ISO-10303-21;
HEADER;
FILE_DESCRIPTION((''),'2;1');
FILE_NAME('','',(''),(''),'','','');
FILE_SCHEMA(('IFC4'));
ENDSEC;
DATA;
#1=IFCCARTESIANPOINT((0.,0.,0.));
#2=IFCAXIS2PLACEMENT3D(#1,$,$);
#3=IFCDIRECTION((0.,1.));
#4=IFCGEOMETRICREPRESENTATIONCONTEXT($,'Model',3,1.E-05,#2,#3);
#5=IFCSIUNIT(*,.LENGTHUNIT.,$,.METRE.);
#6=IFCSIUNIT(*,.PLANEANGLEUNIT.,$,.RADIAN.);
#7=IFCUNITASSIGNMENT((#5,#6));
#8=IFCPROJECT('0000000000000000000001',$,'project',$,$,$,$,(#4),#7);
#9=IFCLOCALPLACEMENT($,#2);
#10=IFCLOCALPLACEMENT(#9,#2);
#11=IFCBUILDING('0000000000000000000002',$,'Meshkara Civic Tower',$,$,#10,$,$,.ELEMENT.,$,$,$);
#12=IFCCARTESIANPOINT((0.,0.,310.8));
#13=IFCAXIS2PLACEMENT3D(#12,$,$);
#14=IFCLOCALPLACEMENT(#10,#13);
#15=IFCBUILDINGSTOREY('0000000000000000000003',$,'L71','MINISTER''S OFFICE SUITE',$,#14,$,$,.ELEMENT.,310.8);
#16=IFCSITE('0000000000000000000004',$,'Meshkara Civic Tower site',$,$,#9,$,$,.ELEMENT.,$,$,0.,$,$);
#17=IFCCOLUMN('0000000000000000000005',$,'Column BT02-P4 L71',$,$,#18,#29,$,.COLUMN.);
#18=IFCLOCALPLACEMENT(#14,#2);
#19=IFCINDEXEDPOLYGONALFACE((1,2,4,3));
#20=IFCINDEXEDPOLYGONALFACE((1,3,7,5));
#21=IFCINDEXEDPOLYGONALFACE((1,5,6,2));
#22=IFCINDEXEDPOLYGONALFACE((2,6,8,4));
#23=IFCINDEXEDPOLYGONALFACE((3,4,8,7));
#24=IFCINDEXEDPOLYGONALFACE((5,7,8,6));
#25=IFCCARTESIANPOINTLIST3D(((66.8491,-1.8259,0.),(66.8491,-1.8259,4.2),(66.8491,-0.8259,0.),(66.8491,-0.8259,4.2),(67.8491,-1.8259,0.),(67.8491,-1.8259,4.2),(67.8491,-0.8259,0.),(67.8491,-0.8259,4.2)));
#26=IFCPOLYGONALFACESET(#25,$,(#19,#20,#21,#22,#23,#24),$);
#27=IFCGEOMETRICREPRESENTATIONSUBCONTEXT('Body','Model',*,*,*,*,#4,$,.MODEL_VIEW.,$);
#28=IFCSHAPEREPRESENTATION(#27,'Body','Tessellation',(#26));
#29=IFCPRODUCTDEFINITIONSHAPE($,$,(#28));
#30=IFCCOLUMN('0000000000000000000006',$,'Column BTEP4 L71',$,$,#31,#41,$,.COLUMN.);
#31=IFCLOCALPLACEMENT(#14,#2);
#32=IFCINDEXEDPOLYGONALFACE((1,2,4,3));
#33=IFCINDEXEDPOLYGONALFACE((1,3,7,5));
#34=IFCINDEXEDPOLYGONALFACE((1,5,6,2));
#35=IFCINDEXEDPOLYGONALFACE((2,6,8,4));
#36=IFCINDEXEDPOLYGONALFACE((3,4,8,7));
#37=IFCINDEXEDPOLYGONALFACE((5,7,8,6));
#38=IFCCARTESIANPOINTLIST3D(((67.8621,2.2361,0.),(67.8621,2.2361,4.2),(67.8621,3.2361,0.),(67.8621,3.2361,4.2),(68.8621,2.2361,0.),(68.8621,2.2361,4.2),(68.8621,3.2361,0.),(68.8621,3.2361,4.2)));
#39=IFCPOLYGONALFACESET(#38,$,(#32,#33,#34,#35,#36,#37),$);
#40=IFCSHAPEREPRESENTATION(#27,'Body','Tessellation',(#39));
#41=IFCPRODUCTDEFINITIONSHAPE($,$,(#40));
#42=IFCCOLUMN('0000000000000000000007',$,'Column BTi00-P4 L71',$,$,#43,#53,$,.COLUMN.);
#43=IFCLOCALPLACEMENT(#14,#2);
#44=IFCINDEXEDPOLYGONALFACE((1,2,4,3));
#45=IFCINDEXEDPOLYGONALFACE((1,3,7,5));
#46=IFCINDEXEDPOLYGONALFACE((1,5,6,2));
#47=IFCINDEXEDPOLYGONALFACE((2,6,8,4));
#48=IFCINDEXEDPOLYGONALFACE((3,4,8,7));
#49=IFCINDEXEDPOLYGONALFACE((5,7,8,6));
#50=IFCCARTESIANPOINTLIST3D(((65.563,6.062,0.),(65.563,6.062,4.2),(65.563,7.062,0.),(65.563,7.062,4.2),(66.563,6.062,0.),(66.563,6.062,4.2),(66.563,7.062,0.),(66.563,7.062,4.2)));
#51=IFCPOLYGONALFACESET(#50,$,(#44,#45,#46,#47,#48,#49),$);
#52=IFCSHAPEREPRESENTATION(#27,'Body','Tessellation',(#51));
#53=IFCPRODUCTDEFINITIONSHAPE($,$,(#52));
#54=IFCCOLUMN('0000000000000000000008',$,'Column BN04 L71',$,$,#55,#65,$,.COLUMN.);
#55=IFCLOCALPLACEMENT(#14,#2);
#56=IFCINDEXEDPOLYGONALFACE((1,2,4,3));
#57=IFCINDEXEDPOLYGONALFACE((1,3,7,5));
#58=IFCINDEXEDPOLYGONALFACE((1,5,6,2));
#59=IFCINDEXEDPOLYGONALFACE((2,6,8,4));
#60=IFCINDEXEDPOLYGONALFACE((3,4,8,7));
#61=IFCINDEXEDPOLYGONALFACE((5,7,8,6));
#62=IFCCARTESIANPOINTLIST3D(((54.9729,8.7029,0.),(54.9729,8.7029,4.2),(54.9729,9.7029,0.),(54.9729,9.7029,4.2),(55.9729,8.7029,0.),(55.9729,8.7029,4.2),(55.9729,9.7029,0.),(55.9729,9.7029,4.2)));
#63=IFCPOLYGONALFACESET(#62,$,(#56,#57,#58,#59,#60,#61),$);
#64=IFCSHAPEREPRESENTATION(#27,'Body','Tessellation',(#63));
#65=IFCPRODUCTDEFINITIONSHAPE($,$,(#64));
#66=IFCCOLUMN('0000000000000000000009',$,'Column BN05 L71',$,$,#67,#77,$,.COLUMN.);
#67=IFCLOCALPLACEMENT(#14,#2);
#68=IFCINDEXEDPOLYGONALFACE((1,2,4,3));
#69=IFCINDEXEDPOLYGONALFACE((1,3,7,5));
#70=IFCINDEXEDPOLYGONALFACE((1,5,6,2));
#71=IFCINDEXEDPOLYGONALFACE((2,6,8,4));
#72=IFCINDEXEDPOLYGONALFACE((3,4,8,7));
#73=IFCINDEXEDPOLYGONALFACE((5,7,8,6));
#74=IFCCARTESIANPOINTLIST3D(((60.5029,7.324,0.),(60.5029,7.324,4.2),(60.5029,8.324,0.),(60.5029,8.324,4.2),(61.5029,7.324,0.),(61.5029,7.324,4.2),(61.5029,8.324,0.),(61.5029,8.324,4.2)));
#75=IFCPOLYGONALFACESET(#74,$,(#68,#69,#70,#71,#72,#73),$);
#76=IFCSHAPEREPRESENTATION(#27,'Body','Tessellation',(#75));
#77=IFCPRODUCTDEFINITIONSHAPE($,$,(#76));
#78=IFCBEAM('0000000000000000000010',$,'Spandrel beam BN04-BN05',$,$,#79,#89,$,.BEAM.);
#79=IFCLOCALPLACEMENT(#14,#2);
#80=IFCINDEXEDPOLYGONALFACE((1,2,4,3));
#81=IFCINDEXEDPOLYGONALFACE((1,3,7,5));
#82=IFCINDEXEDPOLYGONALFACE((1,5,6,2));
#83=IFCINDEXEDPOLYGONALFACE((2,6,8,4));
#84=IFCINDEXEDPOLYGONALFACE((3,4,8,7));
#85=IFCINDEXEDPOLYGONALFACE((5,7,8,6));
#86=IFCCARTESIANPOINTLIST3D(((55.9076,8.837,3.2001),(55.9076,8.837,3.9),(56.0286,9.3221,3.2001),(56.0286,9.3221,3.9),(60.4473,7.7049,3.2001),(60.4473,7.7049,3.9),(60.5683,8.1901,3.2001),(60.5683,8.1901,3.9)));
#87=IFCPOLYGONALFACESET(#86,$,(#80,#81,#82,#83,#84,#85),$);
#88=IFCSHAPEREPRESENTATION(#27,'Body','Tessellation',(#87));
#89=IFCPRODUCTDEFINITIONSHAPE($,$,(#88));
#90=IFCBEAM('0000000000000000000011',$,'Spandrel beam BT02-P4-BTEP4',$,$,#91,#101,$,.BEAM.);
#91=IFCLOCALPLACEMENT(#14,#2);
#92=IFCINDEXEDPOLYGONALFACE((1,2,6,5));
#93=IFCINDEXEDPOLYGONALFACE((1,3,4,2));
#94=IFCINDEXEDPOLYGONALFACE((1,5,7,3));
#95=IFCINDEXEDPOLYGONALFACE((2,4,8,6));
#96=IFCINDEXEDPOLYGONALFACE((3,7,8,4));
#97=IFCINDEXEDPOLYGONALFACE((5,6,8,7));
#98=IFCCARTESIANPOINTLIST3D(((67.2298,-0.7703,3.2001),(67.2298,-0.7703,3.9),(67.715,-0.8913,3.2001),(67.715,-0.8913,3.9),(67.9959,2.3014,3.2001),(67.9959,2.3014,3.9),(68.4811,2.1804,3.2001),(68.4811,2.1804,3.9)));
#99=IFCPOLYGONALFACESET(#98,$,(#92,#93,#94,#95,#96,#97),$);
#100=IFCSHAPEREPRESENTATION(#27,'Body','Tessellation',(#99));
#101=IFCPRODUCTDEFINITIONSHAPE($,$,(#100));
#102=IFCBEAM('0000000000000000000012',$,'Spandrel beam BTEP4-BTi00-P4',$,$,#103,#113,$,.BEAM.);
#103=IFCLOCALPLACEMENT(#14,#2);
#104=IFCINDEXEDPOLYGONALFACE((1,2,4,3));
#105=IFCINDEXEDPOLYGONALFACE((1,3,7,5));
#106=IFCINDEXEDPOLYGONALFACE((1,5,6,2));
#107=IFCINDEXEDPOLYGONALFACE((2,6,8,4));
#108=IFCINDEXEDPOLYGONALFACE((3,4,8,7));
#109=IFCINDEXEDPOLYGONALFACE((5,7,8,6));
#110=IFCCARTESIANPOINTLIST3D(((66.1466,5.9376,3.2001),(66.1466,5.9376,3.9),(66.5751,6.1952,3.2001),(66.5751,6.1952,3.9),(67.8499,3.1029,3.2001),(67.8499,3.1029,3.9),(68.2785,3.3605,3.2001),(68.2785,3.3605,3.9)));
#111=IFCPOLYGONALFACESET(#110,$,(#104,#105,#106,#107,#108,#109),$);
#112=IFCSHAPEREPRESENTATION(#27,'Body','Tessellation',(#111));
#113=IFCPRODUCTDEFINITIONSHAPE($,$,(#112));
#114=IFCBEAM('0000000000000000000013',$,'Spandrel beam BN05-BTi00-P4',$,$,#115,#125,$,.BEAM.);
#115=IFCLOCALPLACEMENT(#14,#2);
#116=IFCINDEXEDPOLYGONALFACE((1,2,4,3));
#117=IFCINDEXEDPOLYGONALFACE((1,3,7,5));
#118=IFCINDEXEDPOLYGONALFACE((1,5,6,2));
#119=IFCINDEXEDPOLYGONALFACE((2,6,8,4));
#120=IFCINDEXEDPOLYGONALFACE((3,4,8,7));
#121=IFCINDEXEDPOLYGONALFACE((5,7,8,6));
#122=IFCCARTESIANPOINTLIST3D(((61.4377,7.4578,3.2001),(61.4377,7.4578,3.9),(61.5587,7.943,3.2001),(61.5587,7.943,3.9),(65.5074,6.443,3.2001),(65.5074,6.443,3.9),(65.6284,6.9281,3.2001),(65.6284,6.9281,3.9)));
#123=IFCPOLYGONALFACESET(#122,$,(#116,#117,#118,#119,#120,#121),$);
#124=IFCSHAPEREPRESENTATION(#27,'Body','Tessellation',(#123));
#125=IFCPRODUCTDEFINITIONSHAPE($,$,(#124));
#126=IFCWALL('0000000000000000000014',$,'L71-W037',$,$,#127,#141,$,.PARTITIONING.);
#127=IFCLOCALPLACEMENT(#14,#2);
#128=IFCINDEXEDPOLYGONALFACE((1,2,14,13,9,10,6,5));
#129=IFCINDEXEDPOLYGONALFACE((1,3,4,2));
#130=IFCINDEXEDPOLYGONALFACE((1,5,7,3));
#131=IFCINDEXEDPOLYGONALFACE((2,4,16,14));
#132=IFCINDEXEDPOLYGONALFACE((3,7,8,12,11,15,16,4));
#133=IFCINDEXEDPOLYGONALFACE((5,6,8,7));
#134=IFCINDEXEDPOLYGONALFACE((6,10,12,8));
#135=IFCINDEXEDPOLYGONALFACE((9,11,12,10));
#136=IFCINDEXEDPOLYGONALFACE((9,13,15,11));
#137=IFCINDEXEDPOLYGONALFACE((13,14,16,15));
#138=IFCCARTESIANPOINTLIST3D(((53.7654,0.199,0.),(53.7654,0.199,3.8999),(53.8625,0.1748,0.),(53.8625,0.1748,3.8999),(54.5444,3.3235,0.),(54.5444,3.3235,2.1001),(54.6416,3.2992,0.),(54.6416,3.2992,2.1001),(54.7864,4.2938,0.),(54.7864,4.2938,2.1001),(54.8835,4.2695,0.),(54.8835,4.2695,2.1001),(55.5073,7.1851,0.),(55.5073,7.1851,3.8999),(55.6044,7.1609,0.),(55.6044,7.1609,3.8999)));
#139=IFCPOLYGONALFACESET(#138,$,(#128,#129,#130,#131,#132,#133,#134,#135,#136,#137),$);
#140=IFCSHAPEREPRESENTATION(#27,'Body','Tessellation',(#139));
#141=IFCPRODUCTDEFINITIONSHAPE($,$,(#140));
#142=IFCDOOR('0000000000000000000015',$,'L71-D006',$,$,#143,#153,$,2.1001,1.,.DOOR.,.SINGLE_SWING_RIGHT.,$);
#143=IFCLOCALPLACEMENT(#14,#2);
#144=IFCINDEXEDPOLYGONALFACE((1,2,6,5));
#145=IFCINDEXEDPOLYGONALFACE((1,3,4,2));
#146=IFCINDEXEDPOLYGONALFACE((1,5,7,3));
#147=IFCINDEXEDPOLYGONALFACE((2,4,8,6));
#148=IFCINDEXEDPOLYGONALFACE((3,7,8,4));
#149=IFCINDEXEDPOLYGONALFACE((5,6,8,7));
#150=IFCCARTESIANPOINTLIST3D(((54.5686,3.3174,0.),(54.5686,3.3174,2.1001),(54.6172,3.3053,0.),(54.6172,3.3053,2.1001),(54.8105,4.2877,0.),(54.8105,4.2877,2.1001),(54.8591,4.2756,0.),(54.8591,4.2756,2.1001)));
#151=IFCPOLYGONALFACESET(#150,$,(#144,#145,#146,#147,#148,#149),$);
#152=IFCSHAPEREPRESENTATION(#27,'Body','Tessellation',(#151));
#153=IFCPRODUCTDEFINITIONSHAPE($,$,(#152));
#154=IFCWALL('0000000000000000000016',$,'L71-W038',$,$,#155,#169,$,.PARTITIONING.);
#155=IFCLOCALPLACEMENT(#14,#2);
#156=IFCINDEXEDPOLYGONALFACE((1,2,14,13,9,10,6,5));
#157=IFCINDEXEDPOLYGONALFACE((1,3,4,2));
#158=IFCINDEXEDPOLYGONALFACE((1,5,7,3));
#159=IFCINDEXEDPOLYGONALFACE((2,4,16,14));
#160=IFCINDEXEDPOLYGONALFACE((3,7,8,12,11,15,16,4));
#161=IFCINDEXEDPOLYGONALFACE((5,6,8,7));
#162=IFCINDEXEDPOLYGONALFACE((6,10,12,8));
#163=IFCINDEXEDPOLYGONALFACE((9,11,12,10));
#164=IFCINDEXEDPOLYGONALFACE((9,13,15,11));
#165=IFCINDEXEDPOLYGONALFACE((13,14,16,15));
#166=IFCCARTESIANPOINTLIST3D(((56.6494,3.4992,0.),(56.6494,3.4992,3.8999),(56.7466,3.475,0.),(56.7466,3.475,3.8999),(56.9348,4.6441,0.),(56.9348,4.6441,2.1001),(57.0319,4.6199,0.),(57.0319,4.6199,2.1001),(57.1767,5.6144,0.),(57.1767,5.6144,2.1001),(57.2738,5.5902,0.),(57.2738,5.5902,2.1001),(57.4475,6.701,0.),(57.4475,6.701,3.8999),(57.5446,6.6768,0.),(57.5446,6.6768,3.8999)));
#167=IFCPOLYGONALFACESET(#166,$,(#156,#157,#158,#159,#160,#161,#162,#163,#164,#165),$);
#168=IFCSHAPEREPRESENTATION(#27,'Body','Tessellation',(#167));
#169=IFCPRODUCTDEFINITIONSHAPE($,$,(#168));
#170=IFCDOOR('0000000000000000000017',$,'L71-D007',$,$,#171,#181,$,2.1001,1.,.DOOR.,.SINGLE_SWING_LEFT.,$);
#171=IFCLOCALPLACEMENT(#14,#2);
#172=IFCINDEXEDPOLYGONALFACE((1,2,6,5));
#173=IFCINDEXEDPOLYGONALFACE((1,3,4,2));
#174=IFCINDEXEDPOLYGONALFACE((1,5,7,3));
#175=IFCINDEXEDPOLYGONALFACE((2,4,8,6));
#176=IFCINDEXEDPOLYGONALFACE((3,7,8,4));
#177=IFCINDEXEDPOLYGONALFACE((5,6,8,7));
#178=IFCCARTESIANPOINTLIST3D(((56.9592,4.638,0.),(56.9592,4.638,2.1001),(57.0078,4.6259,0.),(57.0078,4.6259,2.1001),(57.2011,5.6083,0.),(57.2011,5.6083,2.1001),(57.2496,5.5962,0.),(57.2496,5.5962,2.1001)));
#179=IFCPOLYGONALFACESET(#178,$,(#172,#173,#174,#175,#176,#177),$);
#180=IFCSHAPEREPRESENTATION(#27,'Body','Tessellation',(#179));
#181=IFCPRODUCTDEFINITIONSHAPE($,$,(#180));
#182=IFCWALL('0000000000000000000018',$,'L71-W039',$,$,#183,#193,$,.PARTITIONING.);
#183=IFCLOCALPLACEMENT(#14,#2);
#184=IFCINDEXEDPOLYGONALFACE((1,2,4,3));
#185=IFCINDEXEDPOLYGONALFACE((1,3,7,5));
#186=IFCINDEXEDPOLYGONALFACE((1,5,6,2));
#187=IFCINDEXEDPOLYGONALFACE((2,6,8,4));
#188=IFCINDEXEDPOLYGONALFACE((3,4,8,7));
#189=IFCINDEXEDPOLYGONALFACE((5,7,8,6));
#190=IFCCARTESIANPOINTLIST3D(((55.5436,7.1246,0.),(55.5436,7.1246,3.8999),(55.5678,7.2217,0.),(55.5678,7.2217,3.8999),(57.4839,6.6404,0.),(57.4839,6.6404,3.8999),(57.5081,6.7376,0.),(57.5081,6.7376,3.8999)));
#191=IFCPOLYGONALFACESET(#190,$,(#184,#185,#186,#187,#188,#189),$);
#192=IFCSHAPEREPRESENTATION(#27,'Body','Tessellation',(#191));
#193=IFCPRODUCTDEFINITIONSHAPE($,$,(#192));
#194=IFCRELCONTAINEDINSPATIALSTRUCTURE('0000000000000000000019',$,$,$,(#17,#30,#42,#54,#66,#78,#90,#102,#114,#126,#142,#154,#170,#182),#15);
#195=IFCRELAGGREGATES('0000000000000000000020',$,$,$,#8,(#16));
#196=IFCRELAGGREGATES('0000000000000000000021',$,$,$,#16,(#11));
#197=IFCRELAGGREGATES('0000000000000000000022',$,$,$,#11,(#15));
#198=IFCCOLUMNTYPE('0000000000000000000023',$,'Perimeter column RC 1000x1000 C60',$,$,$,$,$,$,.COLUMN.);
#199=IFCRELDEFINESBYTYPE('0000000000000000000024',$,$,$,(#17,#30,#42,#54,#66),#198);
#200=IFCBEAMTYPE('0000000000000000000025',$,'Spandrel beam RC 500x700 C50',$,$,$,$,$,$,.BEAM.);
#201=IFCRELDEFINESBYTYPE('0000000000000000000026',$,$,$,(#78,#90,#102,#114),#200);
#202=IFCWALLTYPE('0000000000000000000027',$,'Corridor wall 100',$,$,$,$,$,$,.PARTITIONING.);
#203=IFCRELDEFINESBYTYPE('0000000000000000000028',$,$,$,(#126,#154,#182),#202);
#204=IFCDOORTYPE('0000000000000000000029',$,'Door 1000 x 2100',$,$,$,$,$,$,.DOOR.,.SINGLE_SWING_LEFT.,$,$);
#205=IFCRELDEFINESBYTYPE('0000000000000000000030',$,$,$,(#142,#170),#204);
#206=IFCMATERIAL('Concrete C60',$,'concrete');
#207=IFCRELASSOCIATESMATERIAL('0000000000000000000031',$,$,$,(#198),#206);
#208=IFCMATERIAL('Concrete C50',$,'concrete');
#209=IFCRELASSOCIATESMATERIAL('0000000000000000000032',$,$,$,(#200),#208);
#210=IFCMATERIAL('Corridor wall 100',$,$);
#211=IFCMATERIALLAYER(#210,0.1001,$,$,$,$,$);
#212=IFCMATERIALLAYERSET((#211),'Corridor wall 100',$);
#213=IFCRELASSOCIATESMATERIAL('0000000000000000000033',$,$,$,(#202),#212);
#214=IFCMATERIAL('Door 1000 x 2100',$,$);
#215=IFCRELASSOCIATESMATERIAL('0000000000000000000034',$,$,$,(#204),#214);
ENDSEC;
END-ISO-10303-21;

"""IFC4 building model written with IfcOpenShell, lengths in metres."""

from ifc_helpers import new_model, si_unit, direction, frame, frame_2d, origin, origin_2d, place, context, subcontext, project, spatial, rectangle, extrude, material, layer, layer_set, material_profile, profile_set, type_object, element, fill, save


model = new_model("IFC4")

# Units and contexts
model_context = context("Model", 3, precision=1e-05, world=origin(), true_north=direction((0.0, 1.0)))
body_context = subcontext(model_context, "Body", "Model", "MODEL_VIEW")
ifc_project = project(units=[si_unit("LENGTHUNIT", "METRE"), si_unit("PLANEANGLEUNIT", "RADIAN")], contexts=[model_context])

# Site, building, storey
site_placement = place(None, origin())
site = spatial("IfcSite", under=ifc_project, at=site_placement, Name="Meshkara Civic Tower site", CompositionType="ELEMENT", RefElevation=0.0)
building_placement = place(site_placement, origin())
building = spatial("IfcBuilding", under=site, at=building_placement, Name="Meshkara Civic Tower", CompositionType="ELEMENT")
storey_placement = place(building_placement, frame((0.0, 0.0, 310.8)))
storey = spatial("IfcBuildingStorey", under=building, at=storey_placement, Name="L71", Description="MINISTER'S OFFICE SUITE", CompositionType="ELEMENT", Elevation=310.8)

# Columns
ifc_material_1 = material(Name="Concrete C60", Category="concrete")
ifc_material_profile_1 = material_profile(ifc_material_1, rectangle(XDim=1.0, YDim=1.0, at=origin_2d()))
ifc_profile_set_1 = profile_set([ifc_material_profile_1], Name="Concrete C60")
column_type = type_object("IfcColumnType", Name="Perimeter column RC 1000x1000 C60", PredefinedType="COLUMN", material=ifc_profile_set_1)
for number, where, z_axis, x_axis, name in (
    (1, (67.3491, -1.3259, 0.0), (0.0, 0.0, 1.0), (1.0, 0.0, 0.0), "Column BT02-P4 L71"),
    (2, (68.3621, 2.7361, 0.0), (0.0, 0.0, 1.0), (1.0, 0.0, 0.0), "Column BTEP4 L71"),
    (3, (66.063, 6.562, 0.0), (0.0, 0.0, 1.0), (1.0, 0.0, 0.0), "Column BTi00-P4 L71"),
    (4, (55.4729, 9.2029, 0.0), (0.0, 0.0, 1.0), (1.0, 0.0, 0.0), "Column BN04 L71"),
    (5, (61.0029, 7.824, 0.0), (0.0, 0.0, 1.0), (1.0, 0.0, 0.0), "Column BN05 L71"),
):
    element("IfcColumn", number, at=place(storey_placement, frame(where, z_axis=z_axis, x_axis=x_axis)), inside=storey, type_object=column_type, Name=name, PredefinedType="COLUMN", context=body_context, shape_type="SweptSolid", body=[
        extrude(rectangle(XDim=1.0, YDim=1.0, at=origin_2d()), origin(), (0.0, 0.0, 1.0), 4.2),
    ])

# Beams
ifc_material_2 = material(Name="Concrete C50", Category="concrete")
ifc_material_profile_2 = material_profile(ifc_material_2, rectangle(XDim=0.5, YDim=0.7, at=origin_2d()))
ifc_profile_set_2 = profile_set([ifc_material_profile_2], Name="Concrete C50")
beam_type = type_object("IfcBeamType", Name="Spandrel beam RC 500x700 C50", PredefinedType="BEAM", material=ifc_profile_set_2)
beam_1_placement = place(storey_placement, frame((60.5078, 7.9475, 3.55), z_axis=(-0.970287, 0.241959, 0.0), x_axis=(-0.241959, -0.970287, 0.0)))
element("IfcBeam", 6, at=beam_1_placement, inside=storey, type_object=beam_type, Name="Spandrel beam BN04-BN05", PredefinedType="BEAM", context=body_context, shape_type="SweptSolid", body=[
    extrude(rectangle(XDim=0.5, YDim=0.7, at=origin_2d()), origin(), (0.0, 0.0, 1.0), 4.6787),
])
beam_2_placement = place(storey_placement, frame((67.4724, -0.8308, 3.55), z_axis=(0.241991, 0.970278, 0.0), x_axis=(-0.970278, 0.241991, 0.0)))
element("IfcBeam", 7, at=beam_2_placement, inside=storey, type_object=beam_type, Name="Spandrel beam BT02-P4-BTEP4", PredefinedType="BEAM", context=body_context, shape_type="SweptSolid", body=[
    extrude(rectangle(XDim=0.5, YDim=0.7, at=origin_2d()), origin(), (0.0, 0.0, 1.0), 3.1658),
])
beam_3_placement = place(storey_placement, frame((68.0642, 3.2317, 3.55), z_axis=(-0.51506, 0.857154, 0.0), x_axis=(-0.857154, -0.51506, 0.0)))
element("IfcBeam", 8, at=beam_3_placement, inside=storey, type_object=beam_type, Name="Spandrel beam BTEP4-BTi00-P4", PredefinedType="BEAM", context=body_context, shape_type="SweptSolid", body=[
    extrude(rectangle(XDim=0.5, YDim=0.7, at=origin_2d()), origin(), (0.0, 0.0, 1.0), 3.3071),
])
beam_4_placement = place(storey_placement, frame((65.5679, 6.6855, 3.55), z_axis=(-0.970286, 0.24196, 0.0), x_axis=(-0.24196, -0.970286, 0.0)))
element("IfcBeam", 9, at=beam_4_placement, inside=storey, type_object=beam_type, Name="Spandrel beam BN05-BTi00-P4", PredefinedType="BEAM", context=body_context, shape_type="SweptSolid", body=[
    extrude(rectangle(XDim=0.5, YDim=0.7, at=origin_2d()), origin(), (0.0, 0.0, 1.0), 4.1943),
])

# Walls, openings, doors
ifc_material_3 = material(Name="Corridor wall 100")
ifc_layer_1 = layer(ifc_material_3, 0.1001)
ifc_layer_set_1 = layer_set([ifc_layer_1], Name="Corridor wall 100")
wall_type_1 = type_object("IfcWallType", Name="Corridor wall 100", PredefinedType="PARTITIONING", material=ifc_layer_set_1)
wall_1_placement = place(storey_placement, frame((55.5559, 7.1731, 0.0), z_axis=(0.0, 0.0, 1.0), x_axis=(-0.241937, -0.970292, 0.0)))
wall_1 = element("IfcWall", 10, at=wall_1_placement, inside=storey, type_object=wall_type_1, Name="L71-W037", PredefinedType="PARTITIONING", context=body_context, shape_type="SweptSolid", body=[
    extrude(rectangle(XDim=7.2, YDim=0.1001, at=frame_2d((3.6001, 0.0))), origin(), (0.0, 0.0, 1.0), 3.8999),
])
opening_1_placement = place(wall_1_placement, frame((2.98, 0.0, 0.0)))
opening_1 = element("IfcOpeningElement", 11, at=opening_1_placement, cuts=wall_1, PredefinedType="OPENING", context=body_context, shape_type="SweptSolid", body=[
    extrude(rectangle(XDim=1.0, YDim=2.1001, at=frame_2d((0.5, 1.05))), frame((0.0, 0.0601, 0.0), z_axis=(0.0, -1.0, 0.0), x_axis=(1.0, 0.0, 0.0)), (0.0, 0.0, 1.0), 0.1201),
])
ifc_material_4 = material(Name="Door 1000 x 2100")
door_type = type_object("IfcDoorType", Name="Door 1000 x 2100", OperationType="SINGLE_SWING_LEFT", PredefinedType="DOOR", material=ifc_material_4)
door_1_placement = place(opening_1_placement, origin())
door_1 = element("IfcDoor", 12, at=door_1_placement, inside=storey, type_object=door_type, Name="L71-D006", OperationType="SINGLE_SWING_RIGHT", OverallHeight=2.1001, OverallWidth=1.0, PredefinedType="DOOR", context=body_context, shape_type="SweptSolid", body=[
    extrude(rectangle(XDim=1.0, YDim=2.1001, at=frame_2d((0.5, 1.05))), frame((0.0, 0.0249, 0.0), z_axis=(0.0, -1.0, 0.0), x_axis=(1.0, 0.0, 0.0)), (0.0, 0.0, 1.0), 0.05),
])
fill(opening_1, door_1)
wall_2_placement = place(storey_placement, frame((56.698, 3.4871, 0.0), z_axis=(0.0, 0.0, 1.0), x_axis=(0.241857, 0.970312, 0.0)))
wall_2 = element("IfcWall", 13, at=wall_2_placement, inside=storey, type_object=wall_type_1, Name="L71-W038", PredefinedType="PARTITIONING", context=body_context, shape_type="SweptSolid", body=[
    extrude(rectangle(XDim=3.2998, YDim=0.1001, at=frame_2d((1.6499, 0.0))), origin(), (0.0, 0.0, 1.0), 3.8999),
])
opening_2_placement = place(wall_2_placement, frame((1.1799, 0.0, 0.0)))
opening_2 = element("IfcOpeningElement", 14, at=opening_2_placement, cuts=wall_2, PredefinedType="OPENING", context=body_context, shape_type="SweptSolid", body=[
    extrude(rectangle(XDim=1.0, YDim=2.1001, at=frame_2d((0.5, 1.05))), frame((0.0, 0.0601, 0.0), z_axis=(0.0, -1.0, 0.0), x_axis=(1.0, 0.0, 0.0)), (0.0, 0.0, 1.0), 0.1201),
])
door_2_placement = place(opening_2_placement, origin())
door_2 = element("IfcDoor", 15, at=door_2_placement, inside=storey, type_object=door_type, Name="L71-D007", OperationType="SINGLE_SWING_LEFT", OverallHeight=2.1001, OverallWidth=1.0, PredefinedType="DOOR", context=body_context, shape_type="SweptSolid", body=[
    extrude(rectangle(XDim=1.0, YDim=2.1001, at=frame_2d((0.5, 1.05))), frame((0.0, 0.0249, 0.0), z_axis=(0.0, -1.0, 0.0), x_axis=(1.0, 0.0, 0.0)), (0.0, 0.0, 1.0), 0.05),
])
fill(opening_2, door_2)

# Wall
wall_3_placement = place(storey_placement, frame((57.4961, 6.689, 0.0), z_axis=(0.0, 0.0, 1.0), x_axis=(-0.97025, 0.242105, 0.0)))
element("IfcWall", 16, at=wall_3_placement, inside=storey, type_object=wall_type_1, Name="L71-W039", PredefinedType="PARTITIONING", context=body_context, shape_type="SweptSolid", body=[
    extrude(rectangle(XDim=1.9998, YDim=0.1001, at=frame_2d((1.0, 0.0))), origin(), (0.0, 0.0, 1.0), 3.8999),
])

save(model, "model.ifc")
